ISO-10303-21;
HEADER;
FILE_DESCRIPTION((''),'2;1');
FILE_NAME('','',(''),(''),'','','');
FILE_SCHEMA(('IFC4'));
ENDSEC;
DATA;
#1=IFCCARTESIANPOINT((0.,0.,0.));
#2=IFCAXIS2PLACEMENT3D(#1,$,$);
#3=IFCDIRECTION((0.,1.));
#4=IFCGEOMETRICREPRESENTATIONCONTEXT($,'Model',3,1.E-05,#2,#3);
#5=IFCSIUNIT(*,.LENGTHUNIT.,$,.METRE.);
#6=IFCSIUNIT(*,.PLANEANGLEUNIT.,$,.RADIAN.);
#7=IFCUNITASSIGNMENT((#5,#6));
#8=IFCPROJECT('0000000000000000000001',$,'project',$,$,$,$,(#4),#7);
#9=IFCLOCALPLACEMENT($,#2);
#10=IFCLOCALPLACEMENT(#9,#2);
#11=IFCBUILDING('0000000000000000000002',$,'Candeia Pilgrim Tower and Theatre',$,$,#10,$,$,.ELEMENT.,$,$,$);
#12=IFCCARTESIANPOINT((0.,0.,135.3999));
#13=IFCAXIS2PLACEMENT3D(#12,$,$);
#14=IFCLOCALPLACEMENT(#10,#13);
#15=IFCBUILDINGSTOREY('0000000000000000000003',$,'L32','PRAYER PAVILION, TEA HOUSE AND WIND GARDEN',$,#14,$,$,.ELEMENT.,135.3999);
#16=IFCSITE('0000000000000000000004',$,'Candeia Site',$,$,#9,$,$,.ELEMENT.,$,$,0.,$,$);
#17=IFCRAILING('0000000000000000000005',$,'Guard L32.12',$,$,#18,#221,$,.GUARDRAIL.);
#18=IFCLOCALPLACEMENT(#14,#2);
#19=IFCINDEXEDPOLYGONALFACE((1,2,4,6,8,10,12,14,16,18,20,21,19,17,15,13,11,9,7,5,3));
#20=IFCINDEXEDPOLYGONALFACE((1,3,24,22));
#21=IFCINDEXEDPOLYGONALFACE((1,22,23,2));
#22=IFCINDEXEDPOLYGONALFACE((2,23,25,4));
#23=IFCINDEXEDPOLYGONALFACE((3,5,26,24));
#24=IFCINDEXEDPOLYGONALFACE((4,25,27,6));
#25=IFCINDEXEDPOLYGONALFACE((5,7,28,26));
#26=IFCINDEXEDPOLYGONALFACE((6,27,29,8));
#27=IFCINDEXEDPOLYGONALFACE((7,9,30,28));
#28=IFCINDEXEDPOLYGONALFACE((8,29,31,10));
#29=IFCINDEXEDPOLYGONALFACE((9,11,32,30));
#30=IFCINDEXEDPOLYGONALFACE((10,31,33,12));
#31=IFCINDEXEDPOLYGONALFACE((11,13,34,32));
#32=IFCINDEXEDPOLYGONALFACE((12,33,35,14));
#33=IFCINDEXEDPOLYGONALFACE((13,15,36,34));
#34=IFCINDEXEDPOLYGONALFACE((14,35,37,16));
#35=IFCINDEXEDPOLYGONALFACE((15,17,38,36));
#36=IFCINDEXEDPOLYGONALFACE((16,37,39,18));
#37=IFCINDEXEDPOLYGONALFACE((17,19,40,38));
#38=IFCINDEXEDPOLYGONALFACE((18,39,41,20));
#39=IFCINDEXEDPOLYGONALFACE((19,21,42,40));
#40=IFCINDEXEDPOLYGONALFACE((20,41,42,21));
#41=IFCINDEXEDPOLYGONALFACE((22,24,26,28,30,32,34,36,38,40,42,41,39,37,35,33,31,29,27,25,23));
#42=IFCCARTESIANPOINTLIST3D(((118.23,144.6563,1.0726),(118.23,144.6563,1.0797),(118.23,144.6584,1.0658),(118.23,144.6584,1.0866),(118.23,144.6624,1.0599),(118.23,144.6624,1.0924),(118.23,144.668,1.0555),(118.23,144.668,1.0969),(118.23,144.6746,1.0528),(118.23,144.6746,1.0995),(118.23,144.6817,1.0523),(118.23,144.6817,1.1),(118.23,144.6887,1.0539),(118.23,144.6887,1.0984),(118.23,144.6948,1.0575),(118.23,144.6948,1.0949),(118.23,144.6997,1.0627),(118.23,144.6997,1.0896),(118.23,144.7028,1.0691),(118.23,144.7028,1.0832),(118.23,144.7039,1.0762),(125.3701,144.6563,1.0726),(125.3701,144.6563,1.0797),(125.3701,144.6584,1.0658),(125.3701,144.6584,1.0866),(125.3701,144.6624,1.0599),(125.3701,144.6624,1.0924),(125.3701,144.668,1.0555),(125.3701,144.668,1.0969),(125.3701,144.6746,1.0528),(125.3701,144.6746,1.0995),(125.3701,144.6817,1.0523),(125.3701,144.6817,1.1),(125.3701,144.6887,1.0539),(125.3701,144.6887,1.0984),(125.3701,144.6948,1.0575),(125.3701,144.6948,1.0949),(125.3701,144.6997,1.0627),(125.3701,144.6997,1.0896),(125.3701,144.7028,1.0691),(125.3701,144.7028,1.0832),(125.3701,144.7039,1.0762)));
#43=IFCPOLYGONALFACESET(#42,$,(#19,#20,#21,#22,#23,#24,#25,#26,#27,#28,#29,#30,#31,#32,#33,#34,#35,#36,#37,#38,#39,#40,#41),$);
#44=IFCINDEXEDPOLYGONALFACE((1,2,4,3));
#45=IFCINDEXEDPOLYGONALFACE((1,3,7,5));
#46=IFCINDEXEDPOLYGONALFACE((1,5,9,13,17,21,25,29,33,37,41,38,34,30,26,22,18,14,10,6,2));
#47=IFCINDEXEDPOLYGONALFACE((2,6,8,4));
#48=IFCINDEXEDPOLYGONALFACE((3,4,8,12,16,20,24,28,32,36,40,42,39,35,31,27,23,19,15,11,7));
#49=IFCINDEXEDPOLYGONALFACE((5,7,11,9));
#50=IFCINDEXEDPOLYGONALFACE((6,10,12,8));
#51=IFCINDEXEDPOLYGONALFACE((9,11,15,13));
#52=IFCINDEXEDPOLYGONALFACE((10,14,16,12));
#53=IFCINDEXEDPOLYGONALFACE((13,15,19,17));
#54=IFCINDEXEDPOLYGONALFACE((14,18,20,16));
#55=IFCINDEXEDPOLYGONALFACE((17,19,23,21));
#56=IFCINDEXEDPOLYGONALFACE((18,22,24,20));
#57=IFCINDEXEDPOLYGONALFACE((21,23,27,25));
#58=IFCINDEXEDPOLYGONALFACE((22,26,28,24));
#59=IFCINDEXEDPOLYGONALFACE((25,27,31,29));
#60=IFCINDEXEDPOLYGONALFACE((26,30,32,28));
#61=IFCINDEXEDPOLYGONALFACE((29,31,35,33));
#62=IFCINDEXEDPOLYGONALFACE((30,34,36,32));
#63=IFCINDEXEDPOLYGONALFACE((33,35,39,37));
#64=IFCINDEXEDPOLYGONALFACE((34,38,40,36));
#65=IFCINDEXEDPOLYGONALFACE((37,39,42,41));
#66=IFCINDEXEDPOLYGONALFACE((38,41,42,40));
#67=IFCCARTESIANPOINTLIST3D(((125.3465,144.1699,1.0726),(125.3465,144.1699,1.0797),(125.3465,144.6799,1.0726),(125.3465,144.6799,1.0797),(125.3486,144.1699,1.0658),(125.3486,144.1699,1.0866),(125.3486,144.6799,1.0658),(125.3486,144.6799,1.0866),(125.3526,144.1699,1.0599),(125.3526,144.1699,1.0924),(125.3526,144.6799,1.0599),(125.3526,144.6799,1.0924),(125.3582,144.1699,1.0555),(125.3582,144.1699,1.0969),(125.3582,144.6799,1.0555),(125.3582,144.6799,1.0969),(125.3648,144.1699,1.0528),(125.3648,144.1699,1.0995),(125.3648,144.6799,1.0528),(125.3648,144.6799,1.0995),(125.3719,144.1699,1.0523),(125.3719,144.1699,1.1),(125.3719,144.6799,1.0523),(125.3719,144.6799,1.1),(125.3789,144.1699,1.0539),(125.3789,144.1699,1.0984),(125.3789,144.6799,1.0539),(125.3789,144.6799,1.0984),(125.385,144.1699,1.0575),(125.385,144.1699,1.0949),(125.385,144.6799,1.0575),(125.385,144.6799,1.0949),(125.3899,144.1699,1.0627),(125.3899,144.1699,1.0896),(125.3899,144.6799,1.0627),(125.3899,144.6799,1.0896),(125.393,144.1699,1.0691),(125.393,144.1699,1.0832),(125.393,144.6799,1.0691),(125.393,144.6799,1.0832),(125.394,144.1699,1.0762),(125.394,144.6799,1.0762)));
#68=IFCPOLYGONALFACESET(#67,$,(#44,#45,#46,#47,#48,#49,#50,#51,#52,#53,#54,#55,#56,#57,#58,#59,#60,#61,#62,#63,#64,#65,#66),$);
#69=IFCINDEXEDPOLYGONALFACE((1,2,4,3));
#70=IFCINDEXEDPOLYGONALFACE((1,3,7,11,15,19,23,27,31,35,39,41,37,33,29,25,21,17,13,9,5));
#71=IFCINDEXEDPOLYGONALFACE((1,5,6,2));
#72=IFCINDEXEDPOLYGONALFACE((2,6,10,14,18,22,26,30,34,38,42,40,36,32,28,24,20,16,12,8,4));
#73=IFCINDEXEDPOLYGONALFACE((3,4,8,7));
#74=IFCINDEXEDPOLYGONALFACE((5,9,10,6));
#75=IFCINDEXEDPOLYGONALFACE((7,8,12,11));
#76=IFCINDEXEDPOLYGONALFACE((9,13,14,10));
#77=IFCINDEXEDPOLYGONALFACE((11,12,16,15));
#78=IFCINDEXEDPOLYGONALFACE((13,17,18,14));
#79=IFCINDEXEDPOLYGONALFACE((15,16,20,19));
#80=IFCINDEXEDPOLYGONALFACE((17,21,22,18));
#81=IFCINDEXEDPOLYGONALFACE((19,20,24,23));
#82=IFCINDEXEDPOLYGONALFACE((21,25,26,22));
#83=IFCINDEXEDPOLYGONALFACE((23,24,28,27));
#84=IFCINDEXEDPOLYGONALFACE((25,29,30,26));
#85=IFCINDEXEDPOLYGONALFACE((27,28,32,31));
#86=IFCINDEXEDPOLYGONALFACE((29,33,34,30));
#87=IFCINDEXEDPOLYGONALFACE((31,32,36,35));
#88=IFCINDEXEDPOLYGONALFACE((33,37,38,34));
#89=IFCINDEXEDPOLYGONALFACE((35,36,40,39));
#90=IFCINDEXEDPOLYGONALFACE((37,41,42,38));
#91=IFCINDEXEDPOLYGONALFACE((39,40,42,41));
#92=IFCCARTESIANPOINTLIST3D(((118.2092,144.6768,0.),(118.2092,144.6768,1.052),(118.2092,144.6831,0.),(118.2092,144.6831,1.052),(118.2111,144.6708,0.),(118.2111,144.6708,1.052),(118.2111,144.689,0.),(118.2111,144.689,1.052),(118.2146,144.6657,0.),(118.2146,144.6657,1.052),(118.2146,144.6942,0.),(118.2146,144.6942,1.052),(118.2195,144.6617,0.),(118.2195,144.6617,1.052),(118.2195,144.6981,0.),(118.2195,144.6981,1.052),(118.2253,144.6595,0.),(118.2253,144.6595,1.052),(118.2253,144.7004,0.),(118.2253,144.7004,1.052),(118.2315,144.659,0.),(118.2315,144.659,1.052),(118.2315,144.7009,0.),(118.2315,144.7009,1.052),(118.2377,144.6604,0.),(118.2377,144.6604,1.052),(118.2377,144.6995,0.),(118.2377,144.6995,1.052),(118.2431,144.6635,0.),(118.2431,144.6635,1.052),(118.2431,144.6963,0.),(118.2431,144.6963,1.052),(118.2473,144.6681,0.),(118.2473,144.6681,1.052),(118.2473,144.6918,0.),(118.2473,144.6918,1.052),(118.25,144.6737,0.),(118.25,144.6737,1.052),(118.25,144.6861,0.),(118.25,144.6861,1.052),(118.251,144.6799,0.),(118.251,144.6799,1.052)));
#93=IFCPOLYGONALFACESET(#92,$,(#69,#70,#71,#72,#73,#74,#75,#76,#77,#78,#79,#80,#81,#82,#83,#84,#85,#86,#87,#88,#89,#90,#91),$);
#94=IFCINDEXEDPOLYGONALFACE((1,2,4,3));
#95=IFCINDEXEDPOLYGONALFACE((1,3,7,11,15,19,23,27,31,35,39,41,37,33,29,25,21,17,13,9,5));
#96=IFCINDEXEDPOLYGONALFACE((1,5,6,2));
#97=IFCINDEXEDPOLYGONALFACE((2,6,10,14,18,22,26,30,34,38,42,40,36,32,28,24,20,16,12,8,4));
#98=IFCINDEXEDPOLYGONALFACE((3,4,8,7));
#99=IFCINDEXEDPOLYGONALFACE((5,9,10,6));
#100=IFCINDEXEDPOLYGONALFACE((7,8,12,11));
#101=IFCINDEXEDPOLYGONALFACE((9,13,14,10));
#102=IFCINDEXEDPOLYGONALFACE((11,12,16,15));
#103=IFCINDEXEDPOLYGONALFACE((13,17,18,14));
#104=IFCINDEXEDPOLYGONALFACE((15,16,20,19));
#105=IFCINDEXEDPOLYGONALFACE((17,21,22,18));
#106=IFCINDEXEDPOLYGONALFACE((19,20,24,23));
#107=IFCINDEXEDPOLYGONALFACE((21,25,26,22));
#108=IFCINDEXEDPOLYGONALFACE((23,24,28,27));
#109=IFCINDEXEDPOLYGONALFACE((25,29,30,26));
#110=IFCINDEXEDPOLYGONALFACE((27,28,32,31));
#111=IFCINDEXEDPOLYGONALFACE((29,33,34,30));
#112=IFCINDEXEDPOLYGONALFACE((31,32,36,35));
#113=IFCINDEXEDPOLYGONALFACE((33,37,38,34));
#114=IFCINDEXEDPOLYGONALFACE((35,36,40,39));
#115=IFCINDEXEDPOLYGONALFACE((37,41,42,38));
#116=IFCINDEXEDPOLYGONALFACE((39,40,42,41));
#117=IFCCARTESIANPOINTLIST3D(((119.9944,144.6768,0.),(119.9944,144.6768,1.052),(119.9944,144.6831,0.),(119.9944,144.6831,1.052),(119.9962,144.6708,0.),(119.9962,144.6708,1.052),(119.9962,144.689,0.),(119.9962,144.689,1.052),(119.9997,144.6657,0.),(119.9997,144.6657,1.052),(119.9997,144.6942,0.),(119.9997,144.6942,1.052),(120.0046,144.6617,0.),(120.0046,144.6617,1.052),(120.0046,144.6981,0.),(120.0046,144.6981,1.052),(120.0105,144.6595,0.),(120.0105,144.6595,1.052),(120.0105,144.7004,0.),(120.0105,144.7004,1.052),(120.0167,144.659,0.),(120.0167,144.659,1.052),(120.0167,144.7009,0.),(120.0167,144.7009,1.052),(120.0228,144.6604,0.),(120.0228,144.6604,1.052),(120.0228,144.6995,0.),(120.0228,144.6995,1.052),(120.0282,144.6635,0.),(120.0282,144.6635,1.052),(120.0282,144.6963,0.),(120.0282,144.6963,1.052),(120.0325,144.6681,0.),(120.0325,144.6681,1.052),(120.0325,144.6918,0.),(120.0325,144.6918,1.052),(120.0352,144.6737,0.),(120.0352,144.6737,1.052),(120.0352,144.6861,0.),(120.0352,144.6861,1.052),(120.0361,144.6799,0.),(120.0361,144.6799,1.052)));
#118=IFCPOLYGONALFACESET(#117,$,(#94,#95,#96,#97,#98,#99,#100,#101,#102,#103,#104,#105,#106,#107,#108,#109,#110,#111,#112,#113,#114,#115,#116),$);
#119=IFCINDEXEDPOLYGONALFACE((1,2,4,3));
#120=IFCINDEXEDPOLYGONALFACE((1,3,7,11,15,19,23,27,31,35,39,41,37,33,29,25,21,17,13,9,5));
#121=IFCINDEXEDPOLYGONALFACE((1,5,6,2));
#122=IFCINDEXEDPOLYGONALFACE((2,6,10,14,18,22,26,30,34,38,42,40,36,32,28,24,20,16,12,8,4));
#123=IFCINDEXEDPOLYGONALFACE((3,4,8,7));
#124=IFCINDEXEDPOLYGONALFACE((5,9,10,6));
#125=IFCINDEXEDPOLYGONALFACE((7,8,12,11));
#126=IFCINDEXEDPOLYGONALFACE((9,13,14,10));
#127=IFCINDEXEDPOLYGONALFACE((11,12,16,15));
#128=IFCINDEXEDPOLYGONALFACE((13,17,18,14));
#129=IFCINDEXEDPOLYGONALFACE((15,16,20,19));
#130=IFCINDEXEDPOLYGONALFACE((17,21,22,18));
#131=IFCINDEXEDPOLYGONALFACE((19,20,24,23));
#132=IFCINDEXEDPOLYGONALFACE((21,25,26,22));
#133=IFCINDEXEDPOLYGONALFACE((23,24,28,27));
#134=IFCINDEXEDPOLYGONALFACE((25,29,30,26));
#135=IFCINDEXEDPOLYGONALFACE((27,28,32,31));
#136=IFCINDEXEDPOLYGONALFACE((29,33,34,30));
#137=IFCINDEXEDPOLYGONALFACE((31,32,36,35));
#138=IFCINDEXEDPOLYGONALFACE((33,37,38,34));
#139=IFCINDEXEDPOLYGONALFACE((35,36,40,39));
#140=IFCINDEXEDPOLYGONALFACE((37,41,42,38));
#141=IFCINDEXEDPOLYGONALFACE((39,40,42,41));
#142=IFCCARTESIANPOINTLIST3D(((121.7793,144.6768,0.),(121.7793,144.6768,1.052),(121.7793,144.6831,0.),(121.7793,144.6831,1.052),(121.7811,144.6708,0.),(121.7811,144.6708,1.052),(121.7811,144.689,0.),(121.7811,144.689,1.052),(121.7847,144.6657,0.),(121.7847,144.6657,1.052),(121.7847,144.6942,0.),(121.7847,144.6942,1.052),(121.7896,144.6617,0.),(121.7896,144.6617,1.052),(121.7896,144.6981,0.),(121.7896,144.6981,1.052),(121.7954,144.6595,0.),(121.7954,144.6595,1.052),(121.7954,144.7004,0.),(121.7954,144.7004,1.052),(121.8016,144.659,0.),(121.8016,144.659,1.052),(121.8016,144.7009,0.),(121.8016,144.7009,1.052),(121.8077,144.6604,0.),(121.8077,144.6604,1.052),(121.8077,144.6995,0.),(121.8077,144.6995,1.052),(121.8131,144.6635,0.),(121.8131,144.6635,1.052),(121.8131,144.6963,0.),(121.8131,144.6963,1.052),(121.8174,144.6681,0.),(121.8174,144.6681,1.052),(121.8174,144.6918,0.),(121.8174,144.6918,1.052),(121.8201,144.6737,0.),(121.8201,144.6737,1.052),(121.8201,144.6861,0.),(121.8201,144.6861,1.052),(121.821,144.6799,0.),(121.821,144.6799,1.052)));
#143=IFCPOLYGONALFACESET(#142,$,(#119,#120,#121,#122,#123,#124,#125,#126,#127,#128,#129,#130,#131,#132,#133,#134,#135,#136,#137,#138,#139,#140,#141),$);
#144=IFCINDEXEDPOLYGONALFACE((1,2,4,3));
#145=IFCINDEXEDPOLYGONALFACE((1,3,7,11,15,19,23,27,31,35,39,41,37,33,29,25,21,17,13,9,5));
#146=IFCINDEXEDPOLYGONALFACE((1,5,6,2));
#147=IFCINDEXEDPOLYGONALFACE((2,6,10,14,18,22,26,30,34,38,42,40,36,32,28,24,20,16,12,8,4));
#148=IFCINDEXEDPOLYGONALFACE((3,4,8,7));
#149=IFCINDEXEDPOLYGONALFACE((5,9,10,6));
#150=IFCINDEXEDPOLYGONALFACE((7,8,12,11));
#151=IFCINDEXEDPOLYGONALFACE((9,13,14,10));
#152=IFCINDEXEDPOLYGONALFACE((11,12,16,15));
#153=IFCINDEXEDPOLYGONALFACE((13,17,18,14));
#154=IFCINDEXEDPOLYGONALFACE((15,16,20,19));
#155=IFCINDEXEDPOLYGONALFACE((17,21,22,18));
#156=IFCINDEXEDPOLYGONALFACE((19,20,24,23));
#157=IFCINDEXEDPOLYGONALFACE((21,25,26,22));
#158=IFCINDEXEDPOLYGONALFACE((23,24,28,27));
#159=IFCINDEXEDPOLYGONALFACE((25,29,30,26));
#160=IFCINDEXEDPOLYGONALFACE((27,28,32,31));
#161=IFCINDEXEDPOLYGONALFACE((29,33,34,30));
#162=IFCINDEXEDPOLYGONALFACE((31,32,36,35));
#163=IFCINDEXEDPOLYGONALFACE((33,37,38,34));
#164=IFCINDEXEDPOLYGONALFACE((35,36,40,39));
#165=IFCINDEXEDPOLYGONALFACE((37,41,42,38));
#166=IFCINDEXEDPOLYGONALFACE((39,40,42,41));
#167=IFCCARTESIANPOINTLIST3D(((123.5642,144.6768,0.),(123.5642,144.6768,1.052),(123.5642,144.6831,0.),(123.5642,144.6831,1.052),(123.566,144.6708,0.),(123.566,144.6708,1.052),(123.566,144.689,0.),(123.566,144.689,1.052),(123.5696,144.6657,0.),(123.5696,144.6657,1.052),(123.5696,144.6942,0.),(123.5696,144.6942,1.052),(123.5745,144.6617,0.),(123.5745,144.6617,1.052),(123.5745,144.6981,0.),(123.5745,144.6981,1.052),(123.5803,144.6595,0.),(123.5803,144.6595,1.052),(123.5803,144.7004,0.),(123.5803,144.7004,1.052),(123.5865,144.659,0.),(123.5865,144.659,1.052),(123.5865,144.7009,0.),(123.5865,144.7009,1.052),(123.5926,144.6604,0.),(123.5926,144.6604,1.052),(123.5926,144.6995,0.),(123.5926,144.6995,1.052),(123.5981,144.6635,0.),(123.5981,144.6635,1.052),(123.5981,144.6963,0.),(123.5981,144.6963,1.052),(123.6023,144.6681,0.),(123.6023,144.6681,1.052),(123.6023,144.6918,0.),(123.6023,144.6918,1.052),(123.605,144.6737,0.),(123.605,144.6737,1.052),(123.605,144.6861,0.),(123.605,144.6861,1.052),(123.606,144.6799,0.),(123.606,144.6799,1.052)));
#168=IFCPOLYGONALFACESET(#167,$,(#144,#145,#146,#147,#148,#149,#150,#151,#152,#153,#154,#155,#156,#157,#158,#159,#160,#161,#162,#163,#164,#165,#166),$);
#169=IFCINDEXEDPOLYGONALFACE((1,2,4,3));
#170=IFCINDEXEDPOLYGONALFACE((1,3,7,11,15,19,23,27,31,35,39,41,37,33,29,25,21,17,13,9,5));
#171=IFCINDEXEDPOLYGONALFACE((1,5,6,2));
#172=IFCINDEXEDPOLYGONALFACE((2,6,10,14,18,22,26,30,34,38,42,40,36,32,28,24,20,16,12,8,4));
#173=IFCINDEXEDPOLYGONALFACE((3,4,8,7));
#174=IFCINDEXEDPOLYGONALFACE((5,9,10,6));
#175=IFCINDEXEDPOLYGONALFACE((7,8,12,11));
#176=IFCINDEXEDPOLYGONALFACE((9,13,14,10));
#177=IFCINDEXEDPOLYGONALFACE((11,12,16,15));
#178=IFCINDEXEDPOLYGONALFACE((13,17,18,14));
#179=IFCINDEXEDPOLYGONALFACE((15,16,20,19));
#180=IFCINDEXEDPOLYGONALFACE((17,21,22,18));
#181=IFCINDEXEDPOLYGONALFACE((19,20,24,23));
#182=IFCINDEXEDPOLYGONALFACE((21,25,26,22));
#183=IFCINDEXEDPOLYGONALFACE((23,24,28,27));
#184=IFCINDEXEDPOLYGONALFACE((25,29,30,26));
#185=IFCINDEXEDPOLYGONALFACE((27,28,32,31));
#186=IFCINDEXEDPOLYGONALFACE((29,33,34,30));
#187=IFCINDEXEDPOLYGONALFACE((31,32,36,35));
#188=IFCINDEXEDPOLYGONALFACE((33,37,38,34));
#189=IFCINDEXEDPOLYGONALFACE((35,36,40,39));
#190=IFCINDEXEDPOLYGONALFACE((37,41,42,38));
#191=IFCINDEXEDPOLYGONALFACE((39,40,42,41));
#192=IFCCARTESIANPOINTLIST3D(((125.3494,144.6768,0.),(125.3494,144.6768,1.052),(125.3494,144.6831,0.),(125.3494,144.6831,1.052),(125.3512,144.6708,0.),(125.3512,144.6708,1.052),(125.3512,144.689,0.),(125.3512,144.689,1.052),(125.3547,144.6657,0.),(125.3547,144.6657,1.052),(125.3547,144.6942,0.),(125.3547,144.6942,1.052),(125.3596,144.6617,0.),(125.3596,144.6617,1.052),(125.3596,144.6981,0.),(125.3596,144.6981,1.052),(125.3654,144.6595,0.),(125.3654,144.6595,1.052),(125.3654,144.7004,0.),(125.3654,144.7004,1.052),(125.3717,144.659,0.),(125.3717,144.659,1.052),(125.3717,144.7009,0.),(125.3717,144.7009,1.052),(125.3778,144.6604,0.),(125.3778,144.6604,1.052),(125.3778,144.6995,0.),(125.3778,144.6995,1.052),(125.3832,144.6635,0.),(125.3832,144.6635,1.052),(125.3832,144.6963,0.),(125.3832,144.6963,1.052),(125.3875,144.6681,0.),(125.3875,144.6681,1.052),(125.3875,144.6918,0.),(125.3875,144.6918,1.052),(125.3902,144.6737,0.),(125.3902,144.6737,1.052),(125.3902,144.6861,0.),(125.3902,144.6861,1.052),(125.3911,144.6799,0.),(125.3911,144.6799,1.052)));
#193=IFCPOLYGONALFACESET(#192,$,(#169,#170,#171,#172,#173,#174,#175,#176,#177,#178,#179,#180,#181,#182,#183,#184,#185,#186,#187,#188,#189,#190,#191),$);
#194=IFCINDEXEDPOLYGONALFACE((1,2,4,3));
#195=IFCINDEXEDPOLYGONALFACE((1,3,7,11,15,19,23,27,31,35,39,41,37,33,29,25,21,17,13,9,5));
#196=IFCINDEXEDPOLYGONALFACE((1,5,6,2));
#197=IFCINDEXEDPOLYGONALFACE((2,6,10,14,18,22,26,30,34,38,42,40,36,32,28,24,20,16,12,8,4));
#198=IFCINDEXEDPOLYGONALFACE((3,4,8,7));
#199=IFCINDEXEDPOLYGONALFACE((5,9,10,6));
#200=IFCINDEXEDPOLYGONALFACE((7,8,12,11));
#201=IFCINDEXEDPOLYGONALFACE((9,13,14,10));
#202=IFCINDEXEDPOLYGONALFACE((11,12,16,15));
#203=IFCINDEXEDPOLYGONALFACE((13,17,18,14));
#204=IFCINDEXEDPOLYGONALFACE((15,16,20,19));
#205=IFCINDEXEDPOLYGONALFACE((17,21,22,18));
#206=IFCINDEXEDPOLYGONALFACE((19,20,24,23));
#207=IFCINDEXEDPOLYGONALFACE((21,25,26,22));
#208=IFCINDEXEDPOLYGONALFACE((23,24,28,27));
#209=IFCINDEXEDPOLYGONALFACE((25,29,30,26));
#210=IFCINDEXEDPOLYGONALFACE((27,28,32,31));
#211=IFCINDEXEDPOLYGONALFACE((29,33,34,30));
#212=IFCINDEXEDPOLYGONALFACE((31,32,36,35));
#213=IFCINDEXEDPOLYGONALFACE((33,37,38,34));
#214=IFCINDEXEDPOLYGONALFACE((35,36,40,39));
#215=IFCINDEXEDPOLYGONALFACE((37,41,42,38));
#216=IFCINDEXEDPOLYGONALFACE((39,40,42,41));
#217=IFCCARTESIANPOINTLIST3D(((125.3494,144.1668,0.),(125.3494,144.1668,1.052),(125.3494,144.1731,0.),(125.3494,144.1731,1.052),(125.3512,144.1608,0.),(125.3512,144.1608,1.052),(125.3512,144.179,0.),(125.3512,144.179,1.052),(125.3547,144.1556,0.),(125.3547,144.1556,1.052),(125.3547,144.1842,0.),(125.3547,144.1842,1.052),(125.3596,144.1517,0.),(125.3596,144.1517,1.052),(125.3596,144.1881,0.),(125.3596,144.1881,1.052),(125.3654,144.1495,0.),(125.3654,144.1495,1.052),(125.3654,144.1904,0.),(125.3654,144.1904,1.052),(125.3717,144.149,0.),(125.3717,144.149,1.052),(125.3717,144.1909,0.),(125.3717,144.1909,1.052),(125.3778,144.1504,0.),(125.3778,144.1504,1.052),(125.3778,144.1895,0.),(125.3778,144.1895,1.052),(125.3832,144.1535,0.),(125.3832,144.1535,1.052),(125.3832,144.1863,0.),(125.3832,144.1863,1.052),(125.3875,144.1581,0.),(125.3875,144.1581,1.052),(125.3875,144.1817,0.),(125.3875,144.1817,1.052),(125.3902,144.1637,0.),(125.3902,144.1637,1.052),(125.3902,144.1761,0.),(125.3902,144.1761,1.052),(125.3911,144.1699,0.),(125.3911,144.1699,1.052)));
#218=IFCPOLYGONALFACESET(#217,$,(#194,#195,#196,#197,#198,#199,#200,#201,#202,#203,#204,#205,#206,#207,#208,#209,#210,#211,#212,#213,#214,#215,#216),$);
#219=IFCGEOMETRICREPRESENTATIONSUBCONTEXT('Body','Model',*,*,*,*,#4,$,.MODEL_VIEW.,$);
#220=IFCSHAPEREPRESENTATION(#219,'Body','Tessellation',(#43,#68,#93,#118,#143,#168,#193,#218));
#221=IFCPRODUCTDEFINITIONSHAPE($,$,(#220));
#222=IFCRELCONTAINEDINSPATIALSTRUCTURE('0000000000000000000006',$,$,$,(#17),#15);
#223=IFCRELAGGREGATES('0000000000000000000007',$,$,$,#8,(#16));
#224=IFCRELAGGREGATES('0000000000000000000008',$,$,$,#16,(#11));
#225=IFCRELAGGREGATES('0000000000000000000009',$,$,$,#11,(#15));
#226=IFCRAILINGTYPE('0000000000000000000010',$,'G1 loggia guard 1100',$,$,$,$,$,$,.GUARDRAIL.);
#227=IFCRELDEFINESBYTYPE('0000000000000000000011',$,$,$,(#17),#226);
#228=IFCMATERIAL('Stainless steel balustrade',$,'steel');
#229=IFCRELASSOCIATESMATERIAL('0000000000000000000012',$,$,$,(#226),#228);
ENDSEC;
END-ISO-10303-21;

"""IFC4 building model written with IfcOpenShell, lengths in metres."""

from ifc_helpers import new_model, si_unit, direction, frame, origin, origin_2d, place, context, subcontext, project, spatial, circle, extrude, material, type_object, element, save


model = new_model("IFC4")

# Units and contexts
model_context = context("Model", 3, precision=1e-05, world=origin(), true_north=direction((0.0, 1.0)))
body_context = subcontext(model_context, "Body", "Model", "MODEL_VIEW")
ifc_project = project(units=[si_unit("LENGTHUNIT", "METRE"), si_unit("PLANEANGLEUNIT", "RADIAN")], contexts=[model_context])

# Site, building, storey
site_placement = place(None, origin())
site = spatial("IfcSite", under=ifc_project, at=site_placement, Name="Candeia Site", CompositionType="ELEMENT", RefElevation=0.0)
building_placement = place(site_placement, origin())
building = spatial("IfcBuilding", under=site, at=building_placement, Name="Candeia Pilgrim Tower and Theatre", CompositionType="ELEMENT")
storey_placement = place(building_placement, frame((0.0, 0.0, 135.3999)))
storey = spatial("IfcBuildingStorey", under=building, at=storey_placement, Name="L32", Description="PRAYER PAVILION, TEA HOUSE AND WIND GARDEN", CompositionType="ELEMENT", Elevation=135.3999)

# Railing
ifc_material_1 = material(Name="Stainless steel balustrade", Category="steel")
railing_type = type_object("IfcRailingType", Name="G1 loggia guard 1100", PredefinedType="GUARDRAIL", material=ifc_material_1)
railing_1_placement = place(storey_placement, frame((118.23, 144.6799, 0.0)))
element("IfcRailing", 1, at=railing_1_placement, inside=storey, type_object=railing_type, Name="Guard L32.12", PredefinedType="GUARDRAIL", context=body_context, shape_type="SweptSolid", body=[
    extrude(circle(Radius=0.0239, at=origin_2d()), frame((0.0, 0.0, 1.0762), z_axis=(1.0, 0.0, 0.0), x_axis=(0.0, 1.0, 0.0)), (0.0, 0.0, 1.0), 7.1401),
    extrude(circle(Radius=0.0239, at=origin_2d()), frame((7.1401, 0.0, 1.0762), z_axis=(0.0, -1.0, 0.0), x_axis=(1.0, 0.0, 0.0)), (0.0, 0.0, 1.0), 0.51),
    extrude(circle(Radius=0.021, at=origin_2d()), origin(), (0.0, 0.0, 1.0), 1.052),
    extrude(circle(Radius=0.021, at=origin_2d()), frame((1.7852, 0.0, 0.0)), (0.0, 0.0, 1.0), 1.052),
    extrude(circle(Radius=0.021, at=origin_2d()), frame((3.5701, 0.0, 0.0)), (0.0, 0.0, 1.0), 1.052),
    extrude(circle(Radius=0.021, at=origin_2d()), frame((5.355, 0.0, 0.0)), (0.0, 0.0, 1.0), 1.052),
    extrude(circle(Radius=0.021, at=origin_2d()), frame((7.1401, 0.0, 0.0)), (0.0, 0.0, 1.0), 1.052),
    extrude(circle(Radius=0.021, at=origin_2d()), frame((7.1401, -0.51, 0.0)), (0.0, 0.0, 1.0), 1.052),
])

save(model, "model.ifc")
